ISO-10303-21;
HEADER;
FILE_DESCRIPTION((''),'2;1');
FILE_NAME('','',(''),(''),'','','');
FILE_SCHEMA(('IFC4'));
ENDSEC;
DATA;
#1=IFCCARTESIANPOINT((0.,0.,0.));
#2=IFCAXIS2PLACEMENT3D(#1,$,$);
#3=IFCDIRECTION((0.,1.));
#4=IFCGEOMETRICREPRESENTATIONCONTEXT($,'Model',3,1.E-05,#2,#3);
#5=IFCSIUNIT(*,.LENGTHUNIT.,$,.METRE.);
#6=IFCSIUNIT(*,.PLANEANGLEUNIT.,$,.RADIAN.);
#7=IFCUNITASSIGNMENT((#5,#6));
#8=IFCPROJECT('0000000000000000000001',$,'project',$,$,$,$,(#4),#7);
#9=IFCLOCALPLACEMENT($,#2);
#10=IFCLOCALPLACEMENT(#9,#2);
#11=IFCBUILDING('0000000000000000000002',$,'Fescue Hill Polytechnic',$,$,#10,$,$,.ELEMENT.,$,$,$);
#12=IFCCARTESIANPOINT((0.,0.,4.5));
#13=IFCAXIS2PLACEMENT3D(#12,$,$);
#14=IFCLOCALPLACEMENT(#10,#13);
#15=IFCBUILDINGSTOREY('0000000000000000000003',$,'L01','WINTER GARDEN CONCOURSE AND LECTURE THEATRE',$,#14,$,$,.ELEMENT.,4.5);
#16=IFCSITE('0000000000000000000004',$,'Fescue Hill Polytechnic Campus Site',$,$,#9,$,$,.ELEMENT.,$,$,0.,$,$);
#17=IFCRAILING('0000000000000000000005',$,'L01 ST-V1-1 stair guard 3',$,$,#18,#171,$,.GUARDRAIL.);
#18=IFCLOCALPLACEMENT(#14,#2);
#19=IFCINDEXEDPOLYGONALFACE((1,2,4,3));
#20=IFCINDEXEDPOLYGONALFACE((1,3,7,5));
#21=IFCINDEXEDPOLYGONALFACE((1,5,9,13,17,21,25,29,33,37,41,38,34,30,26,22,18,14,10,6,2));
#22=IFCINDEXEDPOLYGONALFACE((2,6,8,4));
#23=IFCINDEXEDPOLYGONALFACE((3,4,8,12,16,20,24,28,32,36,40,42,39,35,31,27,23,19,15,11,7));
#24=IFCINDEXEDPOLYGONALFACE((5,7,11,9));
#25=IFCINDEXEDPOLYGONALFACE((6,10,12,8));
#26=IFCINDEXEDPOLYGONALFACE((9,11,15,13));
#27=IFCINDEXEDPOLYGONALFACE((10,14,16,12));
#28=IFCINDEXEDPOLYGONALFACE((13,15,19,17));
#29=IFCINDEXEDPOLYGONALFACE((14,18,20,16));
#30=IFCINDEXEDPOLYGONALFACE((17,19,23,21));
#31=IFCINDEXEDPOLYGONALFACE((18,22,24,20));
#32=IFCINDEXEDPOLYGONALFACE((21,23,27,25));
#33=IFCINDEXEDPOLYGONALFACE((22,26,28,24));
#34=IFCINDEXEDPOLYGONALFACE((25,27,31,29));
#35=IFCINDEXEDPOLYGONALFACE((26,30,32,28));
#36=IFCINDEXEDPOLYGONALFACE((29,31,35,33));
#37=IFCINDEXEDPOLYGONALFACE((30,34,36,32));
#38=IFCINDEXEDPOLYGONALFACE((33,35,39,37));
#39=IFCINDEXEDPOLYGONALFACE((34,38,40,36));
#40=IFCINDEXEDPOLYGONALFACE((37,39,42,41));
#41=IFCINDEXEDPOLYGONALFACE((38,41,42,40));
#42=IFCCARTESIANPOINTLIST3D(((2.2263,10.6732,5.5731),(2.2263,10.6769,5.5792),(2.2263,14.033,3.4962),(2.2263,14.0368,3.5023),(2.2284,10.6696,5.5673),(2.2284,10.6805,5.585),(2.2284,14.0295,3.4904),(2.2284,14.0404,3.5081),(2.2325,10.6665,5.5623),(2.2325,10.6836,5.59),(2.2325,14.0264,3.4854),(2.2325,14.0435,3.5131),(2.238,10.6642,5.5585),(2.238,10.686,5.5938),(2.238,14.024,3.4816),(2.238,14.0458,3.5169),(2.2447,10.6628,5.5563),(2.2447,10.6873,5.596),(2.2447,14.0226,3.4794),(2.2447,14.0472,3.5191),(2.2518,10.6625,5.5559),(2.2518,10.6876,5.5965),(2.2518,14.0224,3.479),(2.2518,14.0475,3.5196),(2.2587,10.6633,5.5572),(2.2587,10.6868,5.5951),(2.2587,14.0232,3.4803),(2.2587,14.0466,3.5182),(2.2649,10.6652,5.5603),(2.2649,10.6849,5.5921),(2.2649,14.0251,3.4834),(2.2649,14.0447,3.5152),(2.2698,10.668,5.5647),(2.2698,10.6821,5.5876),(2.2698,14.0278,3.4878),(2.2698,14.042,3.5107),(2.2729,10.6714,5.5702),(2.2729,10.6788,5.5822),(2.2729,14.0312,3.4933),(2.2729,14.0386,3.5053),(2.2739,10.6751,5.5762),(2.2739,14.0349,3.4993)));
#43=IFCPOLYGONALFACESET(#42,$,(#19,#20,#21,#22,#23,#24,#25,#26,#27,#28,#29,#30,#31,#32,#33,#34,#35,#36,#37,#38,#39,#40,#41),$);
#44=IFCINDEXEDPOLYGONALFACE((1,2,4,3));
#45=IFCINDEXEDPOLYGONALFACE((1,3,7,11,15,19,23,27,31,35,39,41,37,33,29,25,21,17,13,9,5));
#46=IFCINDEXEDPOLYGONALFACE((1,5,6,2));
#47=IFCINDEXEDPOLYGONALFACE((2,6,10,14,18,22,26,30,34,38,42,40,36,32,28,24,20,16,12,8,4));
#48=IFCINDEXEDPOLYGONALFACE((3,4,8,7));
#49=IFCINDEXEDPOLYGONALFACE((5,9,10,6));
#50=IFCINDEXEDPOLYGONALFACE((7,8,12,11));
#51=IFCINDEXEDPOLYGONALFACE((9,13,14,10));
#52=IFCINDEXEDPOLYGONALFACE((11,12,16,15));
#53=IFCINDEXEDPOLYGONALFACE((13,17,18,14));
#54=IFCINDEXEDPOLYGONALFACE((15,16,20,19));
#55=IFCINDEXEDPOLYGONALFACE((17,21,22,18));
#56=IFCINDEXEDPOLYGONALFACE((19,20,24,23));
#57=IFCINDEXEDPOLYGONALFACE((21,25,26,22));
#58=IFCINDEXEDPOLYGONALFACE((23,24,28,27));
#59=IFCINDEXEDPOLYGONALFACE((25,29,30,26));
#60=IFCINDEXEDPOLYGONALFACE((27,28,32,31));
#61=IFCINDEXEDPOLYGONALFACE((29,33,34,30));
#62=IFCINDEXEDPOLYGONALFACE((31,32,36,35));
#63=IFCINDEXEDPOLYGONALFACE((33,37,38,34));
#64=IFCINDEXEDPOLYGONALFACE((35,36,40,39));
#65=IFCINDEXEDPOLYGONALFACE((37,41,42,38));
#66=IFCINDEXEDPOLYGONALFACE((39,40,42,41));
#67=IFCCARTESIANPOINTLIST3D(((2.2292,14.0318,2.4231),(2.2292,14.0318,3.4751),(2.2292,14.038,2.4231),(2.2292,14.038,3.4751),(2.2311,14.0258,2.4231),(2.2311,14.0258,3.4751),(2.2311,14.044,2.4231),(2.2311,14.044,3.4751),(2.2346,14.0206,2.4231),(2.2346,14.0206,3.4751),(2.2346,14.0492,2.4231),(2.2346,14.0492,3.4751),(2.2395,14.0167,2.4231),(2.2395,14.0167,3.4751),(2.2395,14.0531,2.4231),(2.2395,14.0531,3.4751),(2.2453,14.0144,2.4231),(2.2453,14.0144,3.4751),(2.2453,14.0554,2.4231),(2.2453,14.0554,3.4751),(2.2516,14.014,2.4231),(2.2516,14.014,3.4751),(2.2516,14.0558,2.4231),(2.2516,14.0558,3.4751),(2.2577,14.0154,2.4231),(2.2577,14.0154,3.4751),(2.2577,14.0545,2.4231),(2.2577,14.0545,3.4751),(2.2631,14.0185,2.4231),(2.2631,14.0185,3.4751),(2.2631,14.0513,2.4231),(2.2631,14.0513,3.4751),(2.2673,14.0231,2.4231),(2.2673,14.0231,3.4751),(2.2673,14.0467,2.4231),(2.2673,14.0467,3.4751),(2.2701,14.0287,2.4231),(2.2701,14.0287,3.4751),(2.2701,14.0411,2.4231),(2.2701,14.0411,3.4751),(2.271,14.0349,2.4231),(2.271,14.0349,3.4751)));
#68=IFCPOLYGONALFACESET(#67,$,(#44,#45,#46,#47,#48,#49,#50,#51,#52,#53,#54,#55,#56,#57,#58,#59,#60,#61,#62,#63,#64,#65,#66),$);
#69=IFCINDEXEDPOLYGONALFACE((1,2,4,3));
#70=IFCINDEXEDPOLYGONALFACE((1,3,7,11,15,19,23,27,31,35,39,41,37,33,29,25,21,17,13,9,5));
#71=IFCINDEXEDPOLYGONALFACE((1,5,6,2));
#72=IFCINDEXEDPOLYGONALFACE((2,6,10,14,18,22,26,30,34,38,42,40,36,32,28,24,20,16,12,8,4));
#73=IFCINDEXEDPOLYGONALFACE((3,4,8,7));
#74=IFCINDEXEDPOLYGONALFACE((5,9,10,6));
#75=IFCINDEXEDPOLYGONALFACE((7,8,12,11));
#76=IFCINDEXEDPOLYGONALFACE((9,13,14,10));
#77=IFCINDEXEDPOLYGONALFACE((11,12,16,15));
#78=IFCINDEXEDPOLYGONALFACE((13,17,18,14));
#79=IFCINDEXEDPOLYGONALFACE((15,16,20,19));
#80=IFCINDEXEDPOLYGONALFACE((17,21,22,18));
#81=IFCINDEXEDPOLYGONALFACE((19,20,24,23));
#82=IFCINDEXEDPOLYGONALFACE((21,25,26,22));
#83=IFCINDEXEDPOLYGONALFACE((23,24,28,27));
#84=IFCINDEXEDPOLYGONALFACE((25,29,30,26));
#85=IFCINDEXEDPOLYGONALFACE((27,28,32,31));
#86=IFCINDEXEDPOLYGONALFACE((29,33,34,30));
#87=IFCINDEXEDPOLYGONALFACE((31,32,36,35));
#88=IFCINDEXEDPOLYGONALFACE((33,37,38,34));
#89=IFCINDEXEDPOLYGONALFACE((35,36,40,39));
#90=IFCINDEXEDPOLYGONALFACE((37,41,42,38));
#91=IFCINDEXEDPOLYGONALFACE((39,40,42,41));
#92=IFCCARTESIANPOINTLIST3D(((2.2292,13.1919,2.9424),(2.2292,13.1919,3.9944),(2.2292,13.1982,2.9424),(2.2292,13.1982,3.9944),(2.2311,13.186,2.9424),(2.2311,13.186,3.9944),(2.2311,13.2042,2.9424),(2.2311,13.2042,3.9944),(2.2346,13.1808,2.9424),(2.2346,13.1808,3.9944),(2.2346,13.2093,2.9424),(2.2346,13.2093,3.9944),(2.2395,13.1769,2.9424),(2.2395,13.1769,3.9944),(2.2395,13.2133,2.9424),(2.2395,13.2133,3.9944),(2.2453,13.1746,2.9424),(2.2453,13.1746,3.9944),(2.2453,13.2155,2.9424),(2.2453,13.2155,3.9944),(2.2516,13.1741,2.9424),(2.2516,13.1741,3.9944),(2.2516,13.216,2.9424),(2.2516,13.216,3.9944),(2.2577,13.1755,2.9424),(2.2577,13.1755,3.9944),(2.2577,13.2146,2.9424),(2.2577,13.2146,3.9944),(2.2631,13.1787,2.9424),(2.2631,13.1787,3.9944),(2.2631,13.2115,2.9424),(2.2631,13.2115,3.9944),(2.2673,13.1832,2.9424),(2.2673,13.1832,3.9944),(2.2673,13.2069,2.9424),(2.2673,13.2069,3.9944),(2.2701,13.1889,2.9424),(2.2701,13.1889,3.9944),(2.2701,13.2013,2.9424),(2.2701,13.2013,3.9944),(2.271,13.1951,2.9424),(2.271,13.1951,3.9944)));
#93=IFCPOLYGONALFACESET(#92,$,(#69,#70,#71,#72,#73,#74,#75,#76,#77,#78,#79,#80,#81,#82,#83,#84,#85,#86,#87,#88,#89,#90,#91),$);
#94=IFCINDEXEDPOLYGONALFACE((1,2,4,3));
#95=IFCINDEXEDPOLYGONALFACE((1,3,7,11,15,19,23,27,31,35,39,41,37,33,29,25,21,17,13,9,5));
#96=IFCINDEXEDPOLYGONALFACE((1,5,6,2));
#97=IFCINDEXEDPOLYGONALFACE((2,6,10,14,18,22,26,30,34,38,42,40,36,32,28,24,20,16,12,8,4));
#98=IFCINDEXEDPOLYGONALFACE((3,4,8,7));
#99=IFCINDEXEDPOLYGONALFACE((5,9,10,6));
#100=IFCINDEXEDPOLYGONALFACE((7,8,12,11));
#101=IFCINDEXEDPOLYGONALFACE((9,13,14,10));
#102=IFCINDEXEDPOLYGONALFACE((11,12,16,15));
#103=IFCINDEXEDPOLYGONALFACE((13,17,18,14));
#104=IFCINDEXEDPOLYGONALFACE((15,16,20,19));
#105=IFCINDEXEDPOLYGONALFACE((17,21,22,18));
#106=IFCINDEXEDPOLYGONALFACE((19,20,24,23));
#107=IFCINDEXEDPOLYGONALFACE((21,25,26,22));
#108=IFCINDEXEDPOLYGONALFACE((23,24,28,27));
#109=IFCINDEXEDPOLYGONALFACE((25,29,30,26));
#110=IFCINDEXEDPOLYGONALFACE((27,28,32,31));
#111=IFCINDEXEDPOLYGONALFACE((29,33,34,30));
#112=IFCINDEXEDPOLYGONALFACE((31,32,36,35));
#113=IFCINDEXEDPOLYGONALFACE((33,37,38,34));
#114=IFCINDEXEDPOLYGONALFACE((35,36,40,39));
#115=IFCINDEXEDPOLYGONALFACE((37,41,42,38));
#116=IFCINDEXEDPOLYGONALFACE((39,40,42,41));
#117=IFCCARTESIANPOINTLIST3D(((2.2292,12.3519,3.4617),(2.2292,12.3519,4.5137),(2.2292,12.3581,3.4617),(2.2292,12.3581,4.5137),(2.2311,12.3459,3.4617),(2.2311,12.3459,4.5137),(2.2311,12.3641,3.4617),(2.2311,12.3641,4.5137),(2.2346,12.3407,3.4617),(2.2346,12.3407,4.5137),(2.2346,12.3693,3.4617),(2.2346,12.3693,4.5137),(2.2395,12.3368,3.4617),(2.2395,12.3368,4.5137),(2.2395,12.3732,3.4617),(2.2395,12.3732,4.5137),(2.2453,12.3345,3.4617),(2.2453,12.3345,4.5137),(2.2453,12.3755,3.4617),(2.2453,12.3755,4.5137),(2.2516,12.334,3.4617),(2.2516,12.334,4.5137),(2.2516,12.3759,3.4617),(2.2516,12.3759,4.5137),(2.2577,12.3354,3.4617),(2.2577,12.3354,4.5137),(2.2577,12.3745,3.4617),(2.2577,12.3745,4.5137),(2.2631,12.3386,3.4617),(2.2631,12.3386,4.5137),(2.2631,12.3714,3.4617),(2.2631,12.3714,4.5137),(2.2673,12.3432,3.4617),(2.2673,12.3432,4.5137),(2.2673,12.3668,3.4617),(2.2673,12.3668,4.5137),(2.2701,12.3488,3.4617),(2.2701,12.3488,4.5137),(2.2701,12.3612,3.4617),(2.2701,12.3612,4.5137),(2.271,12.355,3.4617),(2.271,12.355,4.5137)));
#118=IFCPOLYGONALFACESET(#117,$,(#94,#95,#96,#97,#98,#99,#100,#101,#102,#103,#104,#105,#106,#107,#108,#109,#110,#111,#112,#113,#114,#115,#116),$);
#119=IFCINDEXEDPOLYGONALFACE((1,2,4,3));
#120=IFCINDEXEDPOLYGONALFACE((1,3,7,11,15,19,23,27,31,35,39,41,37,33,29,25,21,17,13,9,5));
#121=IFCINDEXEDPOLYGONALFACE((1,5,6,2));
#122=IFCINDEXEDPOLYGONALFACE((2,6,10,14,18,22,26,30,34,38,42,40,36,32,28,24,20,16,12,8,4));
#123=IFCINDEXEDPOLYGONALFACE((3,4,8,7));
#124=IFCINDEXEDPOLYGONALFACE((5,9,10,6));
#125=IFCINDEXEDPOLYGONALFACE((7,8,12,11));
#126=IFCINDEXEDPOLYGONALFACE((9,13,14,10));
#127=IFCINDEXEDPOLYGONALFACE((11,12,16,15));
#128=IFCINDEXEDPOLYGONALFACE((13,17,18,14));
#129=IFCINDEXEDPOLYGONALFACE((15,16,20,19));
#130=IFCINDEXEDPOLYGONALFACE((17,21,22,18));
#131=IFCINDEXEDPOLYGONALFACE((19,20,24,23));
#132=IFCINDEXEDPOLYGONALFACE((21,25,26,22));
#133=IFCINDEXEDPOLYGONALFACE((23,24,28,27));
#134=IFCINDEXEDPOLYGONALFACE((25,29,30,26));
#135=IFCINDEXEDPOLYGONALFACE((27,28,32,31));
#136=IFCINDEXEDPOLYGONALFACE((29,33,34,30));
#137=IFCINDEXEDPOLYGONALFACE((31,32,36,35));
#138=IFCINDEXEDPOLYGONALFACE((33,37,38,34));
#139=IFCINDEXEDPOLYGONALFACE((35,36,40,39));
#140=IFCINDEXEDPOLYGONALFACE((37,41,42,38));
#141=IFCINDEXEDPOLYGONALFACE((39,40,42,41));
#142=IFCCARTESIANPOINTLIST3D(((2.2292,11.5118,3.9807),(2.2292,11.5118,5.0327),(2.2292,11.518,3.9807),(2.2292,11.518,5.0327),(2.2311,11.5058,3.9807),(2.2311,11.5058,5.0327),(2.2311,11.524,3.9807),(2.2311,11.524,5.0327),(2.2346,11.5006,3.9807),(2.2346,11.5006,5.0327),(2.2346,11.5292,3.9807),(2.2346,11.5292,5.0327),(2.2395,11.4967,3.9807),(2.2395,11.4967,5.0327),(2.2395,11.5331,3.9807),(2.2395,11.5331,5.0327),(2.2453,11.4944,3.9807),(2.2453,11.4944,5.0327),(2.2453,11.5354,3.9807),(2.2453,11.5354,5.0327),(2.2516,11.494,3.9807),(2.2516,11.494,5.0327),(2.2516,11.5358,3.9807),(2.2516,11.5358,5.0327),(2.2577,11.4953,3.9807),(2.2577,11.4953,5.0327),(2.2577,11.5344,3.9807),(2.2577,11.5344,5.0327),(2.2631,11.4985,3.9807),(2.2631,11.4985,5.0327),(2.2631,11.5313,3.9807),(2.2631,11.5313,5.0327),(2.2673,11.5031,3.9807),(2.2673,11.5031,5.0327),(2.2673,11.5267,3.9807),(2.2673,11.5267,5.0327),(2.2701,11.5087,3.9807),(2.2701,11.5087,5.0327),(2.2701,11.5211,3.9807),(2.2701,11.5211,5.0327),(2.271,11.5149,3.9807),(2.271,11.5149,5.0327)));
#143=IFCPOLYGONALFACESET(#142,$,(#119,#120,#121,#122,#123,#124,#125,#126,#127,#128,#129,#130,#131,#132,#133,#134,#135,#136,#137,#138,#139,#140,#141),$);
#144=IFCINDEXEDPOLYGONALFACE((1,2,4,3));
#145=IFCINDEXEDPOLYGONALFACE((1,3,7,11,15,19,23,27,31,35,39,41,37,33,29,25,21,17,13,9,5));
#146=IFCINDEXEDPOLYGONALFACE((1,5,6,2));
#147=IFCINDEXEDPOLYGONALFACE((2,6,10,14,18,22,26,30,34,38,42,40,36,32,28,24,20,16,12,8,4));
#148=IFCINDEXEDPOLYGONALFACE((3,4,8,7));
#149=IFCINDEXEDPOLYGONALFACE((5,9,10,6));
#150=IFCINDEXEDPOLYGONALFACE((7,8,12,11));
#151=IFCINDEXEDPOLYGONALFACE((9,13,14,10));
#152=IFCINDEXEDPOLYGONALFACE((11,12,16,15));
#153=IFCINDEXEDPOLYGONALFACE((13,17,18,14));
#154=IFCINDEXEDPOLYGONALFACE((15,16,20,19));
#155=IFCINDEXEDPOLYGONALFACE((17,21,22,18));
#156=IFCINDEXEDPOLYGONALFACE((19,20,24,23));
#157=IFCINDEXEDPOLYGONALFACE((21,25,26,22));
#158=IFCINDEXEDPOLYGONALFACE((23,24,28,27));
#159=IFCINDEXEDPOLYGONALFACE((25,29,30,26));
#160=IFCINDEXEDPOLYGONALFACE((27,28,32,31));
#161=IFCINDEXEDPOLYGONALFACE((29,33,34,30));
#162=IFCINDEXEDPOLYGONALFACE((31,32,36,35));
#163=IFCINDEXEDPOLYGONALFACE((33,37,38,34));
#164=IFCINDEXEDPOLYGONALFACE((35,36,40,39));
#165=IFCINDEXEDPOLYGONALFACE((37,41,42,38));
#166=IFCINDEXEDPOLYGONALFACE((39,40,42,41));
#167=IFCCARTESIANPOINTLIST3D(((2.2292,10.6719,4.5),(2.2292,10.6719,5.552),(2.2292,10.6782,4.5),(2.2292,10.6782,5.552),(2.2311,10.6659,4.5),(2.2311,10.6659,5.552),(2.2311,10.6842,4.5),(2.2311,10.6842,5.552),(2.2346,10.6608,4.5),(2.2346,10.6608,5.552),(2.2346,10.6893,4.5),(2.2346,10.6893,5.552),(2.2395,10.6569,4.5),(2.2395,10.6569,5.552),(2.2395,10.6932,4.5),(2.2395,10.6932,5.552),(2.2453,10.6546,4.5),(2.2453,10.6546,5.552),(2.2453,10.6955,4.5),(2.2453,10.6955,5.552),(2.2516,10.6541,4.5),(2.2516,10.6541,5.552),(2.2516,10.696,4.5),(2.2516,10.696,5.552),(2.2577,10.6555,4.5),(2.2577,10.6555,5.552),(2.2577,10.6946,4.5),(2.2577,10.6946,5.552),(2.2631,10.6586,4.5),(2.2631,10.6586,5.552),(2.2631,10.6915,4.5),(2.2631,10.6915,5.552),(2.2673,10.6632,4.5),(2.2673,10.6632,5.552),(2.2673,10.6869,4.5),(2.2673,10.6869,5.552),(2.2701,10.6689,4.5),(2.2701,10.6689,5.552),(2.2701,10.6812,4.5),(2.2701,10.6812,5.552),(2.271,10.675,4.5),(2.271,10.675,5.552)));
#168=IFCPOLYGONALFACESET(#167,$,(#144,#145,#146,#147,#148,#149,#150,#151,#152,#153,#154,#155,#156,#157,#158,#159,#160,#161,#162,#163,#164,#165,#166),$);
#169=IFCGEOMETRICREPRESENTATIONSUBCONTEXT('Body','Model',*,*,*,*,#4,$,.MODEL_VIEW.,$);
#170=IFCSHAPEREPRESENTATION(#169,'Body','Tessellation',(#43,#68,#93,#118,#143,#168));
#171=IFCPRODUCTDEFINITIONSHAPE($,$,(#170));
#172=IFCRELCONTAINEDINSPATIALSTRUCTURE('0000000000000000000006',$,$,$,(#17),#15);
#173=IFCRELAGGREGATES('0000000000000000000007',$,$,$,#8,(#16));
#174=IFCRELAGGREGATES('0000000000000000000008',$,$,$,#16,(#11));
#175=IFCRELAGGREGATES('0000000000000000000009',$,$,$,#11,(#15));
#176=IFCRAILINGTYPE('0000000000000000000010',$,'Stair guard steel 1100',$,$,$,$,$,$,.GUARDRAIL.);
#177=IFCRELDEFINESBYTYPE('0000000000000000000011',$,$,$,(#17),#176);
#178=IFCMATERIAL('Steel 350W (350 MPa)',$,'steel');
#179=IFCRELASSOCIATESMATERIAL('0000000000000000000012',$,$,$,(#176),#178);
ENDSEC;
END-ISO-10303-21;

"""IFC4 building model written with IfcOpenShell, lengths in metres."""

from ifc_helpers import new_model, si_unit, direction, frame, origin, origin_2d, place, context, subcontext, project, spatial, circle, extrude, material, type_object, element, save


model = new_model("IFC4")

# Units and contexts
model_context = context("Model", 3, precision=1e-05, world=origin(), true_north=direction((0.0, 1.0)))
body_context = subcontext(model_context, "Body", "Model", "MODEL_VIEW")
ifc_project = project(units=[si_unit("LENGTHUNIT", "METRE"), si_unit("PLANEANGLEUNIT", "RADIAN")], contexts=[model_context])

# Site, building, storey
site_placement = place(None, origin())
site = spatial("IfcSite", under=ifc_project, at=site_placement, Name="Fescue Hill Polytechnic Campus Site", CompositionType="ELEMENT", RefElevation=0.0)
building_placement = place(site_placement, origin())
building = spatial("IfcBuilding", under=site, at=building_placement, Name="Fescue Hill Polytechnic", CompositionType="ELEMENT")
storey_placement = place(building_placement, frame((0.0, 0.0, 4.5)))
storey = spatial("IfcBuildingStorey", under=building, at=storey_placement, Name="L01", Description="WINTER GARDEN CONCOURSE AND LECTURE THEATRE", CompositionType="ELEMENT", Elevation=4.5)

# Shared definitions
ifc_material_1 = material(Name="Steel 350W (350 MPa)", Category="steel")

# Railing
railing_type_1 = type_object("IfcRailingType", Name="Stair guard steel 1100", PredefinedType="GUARDRAIL", material=ifc_material_1)
railing_1_placement = place(storey_placement, frame((2.25, 14.0349, 2.4231)))
element("IfcRailing", 1, at=railing_1_placement, inside=storey, type_object=railing_type_1, Name="L01 ST-V1-1 stair guard 3", PredefinedType="GUARDRAIL", context=body_context, shape_type="SweptSolid", body=[
    extrude(circle(Radius=0.0239, at=origin_2d()), frame((0.0, 0.0, 1.0762), z_axis=(0.0, -0.850606, 0.525803), x_axis=(1.0, 0.0, 0.0)), (0.0, 0.0, 1.0), 3.95),
    extrude(circle(Radius=0.021, at=origin_2d()), origin(), (0.0, 0.0, 1.0), 1.052),
    extrude(circle(Radius=0.021, at=origin_2d()), frame((0.0, -0.8398, 0.5193)), (0.0, 0.0, 1.0), 1.052),
    extrude(circle(Radius=0.021, at=origin_2d()), frame((0.0, -1.6799, 1.0386)), (0.0, 0.0, 1.0), 1.052),
    extrude(circle(Radius=0.021, at=origin_2d()), frame((0.0, -2.52, 1.5576)), (0.0, 0.0, 1.0), 1.052),
    extrude(circle(Radius=0.021, at=origin_2d()), frame((0.0, -3.3599, 2.0769)), (0.0, 0.0, 1.0), 1.052),
])

save(model, "model.ifc")
